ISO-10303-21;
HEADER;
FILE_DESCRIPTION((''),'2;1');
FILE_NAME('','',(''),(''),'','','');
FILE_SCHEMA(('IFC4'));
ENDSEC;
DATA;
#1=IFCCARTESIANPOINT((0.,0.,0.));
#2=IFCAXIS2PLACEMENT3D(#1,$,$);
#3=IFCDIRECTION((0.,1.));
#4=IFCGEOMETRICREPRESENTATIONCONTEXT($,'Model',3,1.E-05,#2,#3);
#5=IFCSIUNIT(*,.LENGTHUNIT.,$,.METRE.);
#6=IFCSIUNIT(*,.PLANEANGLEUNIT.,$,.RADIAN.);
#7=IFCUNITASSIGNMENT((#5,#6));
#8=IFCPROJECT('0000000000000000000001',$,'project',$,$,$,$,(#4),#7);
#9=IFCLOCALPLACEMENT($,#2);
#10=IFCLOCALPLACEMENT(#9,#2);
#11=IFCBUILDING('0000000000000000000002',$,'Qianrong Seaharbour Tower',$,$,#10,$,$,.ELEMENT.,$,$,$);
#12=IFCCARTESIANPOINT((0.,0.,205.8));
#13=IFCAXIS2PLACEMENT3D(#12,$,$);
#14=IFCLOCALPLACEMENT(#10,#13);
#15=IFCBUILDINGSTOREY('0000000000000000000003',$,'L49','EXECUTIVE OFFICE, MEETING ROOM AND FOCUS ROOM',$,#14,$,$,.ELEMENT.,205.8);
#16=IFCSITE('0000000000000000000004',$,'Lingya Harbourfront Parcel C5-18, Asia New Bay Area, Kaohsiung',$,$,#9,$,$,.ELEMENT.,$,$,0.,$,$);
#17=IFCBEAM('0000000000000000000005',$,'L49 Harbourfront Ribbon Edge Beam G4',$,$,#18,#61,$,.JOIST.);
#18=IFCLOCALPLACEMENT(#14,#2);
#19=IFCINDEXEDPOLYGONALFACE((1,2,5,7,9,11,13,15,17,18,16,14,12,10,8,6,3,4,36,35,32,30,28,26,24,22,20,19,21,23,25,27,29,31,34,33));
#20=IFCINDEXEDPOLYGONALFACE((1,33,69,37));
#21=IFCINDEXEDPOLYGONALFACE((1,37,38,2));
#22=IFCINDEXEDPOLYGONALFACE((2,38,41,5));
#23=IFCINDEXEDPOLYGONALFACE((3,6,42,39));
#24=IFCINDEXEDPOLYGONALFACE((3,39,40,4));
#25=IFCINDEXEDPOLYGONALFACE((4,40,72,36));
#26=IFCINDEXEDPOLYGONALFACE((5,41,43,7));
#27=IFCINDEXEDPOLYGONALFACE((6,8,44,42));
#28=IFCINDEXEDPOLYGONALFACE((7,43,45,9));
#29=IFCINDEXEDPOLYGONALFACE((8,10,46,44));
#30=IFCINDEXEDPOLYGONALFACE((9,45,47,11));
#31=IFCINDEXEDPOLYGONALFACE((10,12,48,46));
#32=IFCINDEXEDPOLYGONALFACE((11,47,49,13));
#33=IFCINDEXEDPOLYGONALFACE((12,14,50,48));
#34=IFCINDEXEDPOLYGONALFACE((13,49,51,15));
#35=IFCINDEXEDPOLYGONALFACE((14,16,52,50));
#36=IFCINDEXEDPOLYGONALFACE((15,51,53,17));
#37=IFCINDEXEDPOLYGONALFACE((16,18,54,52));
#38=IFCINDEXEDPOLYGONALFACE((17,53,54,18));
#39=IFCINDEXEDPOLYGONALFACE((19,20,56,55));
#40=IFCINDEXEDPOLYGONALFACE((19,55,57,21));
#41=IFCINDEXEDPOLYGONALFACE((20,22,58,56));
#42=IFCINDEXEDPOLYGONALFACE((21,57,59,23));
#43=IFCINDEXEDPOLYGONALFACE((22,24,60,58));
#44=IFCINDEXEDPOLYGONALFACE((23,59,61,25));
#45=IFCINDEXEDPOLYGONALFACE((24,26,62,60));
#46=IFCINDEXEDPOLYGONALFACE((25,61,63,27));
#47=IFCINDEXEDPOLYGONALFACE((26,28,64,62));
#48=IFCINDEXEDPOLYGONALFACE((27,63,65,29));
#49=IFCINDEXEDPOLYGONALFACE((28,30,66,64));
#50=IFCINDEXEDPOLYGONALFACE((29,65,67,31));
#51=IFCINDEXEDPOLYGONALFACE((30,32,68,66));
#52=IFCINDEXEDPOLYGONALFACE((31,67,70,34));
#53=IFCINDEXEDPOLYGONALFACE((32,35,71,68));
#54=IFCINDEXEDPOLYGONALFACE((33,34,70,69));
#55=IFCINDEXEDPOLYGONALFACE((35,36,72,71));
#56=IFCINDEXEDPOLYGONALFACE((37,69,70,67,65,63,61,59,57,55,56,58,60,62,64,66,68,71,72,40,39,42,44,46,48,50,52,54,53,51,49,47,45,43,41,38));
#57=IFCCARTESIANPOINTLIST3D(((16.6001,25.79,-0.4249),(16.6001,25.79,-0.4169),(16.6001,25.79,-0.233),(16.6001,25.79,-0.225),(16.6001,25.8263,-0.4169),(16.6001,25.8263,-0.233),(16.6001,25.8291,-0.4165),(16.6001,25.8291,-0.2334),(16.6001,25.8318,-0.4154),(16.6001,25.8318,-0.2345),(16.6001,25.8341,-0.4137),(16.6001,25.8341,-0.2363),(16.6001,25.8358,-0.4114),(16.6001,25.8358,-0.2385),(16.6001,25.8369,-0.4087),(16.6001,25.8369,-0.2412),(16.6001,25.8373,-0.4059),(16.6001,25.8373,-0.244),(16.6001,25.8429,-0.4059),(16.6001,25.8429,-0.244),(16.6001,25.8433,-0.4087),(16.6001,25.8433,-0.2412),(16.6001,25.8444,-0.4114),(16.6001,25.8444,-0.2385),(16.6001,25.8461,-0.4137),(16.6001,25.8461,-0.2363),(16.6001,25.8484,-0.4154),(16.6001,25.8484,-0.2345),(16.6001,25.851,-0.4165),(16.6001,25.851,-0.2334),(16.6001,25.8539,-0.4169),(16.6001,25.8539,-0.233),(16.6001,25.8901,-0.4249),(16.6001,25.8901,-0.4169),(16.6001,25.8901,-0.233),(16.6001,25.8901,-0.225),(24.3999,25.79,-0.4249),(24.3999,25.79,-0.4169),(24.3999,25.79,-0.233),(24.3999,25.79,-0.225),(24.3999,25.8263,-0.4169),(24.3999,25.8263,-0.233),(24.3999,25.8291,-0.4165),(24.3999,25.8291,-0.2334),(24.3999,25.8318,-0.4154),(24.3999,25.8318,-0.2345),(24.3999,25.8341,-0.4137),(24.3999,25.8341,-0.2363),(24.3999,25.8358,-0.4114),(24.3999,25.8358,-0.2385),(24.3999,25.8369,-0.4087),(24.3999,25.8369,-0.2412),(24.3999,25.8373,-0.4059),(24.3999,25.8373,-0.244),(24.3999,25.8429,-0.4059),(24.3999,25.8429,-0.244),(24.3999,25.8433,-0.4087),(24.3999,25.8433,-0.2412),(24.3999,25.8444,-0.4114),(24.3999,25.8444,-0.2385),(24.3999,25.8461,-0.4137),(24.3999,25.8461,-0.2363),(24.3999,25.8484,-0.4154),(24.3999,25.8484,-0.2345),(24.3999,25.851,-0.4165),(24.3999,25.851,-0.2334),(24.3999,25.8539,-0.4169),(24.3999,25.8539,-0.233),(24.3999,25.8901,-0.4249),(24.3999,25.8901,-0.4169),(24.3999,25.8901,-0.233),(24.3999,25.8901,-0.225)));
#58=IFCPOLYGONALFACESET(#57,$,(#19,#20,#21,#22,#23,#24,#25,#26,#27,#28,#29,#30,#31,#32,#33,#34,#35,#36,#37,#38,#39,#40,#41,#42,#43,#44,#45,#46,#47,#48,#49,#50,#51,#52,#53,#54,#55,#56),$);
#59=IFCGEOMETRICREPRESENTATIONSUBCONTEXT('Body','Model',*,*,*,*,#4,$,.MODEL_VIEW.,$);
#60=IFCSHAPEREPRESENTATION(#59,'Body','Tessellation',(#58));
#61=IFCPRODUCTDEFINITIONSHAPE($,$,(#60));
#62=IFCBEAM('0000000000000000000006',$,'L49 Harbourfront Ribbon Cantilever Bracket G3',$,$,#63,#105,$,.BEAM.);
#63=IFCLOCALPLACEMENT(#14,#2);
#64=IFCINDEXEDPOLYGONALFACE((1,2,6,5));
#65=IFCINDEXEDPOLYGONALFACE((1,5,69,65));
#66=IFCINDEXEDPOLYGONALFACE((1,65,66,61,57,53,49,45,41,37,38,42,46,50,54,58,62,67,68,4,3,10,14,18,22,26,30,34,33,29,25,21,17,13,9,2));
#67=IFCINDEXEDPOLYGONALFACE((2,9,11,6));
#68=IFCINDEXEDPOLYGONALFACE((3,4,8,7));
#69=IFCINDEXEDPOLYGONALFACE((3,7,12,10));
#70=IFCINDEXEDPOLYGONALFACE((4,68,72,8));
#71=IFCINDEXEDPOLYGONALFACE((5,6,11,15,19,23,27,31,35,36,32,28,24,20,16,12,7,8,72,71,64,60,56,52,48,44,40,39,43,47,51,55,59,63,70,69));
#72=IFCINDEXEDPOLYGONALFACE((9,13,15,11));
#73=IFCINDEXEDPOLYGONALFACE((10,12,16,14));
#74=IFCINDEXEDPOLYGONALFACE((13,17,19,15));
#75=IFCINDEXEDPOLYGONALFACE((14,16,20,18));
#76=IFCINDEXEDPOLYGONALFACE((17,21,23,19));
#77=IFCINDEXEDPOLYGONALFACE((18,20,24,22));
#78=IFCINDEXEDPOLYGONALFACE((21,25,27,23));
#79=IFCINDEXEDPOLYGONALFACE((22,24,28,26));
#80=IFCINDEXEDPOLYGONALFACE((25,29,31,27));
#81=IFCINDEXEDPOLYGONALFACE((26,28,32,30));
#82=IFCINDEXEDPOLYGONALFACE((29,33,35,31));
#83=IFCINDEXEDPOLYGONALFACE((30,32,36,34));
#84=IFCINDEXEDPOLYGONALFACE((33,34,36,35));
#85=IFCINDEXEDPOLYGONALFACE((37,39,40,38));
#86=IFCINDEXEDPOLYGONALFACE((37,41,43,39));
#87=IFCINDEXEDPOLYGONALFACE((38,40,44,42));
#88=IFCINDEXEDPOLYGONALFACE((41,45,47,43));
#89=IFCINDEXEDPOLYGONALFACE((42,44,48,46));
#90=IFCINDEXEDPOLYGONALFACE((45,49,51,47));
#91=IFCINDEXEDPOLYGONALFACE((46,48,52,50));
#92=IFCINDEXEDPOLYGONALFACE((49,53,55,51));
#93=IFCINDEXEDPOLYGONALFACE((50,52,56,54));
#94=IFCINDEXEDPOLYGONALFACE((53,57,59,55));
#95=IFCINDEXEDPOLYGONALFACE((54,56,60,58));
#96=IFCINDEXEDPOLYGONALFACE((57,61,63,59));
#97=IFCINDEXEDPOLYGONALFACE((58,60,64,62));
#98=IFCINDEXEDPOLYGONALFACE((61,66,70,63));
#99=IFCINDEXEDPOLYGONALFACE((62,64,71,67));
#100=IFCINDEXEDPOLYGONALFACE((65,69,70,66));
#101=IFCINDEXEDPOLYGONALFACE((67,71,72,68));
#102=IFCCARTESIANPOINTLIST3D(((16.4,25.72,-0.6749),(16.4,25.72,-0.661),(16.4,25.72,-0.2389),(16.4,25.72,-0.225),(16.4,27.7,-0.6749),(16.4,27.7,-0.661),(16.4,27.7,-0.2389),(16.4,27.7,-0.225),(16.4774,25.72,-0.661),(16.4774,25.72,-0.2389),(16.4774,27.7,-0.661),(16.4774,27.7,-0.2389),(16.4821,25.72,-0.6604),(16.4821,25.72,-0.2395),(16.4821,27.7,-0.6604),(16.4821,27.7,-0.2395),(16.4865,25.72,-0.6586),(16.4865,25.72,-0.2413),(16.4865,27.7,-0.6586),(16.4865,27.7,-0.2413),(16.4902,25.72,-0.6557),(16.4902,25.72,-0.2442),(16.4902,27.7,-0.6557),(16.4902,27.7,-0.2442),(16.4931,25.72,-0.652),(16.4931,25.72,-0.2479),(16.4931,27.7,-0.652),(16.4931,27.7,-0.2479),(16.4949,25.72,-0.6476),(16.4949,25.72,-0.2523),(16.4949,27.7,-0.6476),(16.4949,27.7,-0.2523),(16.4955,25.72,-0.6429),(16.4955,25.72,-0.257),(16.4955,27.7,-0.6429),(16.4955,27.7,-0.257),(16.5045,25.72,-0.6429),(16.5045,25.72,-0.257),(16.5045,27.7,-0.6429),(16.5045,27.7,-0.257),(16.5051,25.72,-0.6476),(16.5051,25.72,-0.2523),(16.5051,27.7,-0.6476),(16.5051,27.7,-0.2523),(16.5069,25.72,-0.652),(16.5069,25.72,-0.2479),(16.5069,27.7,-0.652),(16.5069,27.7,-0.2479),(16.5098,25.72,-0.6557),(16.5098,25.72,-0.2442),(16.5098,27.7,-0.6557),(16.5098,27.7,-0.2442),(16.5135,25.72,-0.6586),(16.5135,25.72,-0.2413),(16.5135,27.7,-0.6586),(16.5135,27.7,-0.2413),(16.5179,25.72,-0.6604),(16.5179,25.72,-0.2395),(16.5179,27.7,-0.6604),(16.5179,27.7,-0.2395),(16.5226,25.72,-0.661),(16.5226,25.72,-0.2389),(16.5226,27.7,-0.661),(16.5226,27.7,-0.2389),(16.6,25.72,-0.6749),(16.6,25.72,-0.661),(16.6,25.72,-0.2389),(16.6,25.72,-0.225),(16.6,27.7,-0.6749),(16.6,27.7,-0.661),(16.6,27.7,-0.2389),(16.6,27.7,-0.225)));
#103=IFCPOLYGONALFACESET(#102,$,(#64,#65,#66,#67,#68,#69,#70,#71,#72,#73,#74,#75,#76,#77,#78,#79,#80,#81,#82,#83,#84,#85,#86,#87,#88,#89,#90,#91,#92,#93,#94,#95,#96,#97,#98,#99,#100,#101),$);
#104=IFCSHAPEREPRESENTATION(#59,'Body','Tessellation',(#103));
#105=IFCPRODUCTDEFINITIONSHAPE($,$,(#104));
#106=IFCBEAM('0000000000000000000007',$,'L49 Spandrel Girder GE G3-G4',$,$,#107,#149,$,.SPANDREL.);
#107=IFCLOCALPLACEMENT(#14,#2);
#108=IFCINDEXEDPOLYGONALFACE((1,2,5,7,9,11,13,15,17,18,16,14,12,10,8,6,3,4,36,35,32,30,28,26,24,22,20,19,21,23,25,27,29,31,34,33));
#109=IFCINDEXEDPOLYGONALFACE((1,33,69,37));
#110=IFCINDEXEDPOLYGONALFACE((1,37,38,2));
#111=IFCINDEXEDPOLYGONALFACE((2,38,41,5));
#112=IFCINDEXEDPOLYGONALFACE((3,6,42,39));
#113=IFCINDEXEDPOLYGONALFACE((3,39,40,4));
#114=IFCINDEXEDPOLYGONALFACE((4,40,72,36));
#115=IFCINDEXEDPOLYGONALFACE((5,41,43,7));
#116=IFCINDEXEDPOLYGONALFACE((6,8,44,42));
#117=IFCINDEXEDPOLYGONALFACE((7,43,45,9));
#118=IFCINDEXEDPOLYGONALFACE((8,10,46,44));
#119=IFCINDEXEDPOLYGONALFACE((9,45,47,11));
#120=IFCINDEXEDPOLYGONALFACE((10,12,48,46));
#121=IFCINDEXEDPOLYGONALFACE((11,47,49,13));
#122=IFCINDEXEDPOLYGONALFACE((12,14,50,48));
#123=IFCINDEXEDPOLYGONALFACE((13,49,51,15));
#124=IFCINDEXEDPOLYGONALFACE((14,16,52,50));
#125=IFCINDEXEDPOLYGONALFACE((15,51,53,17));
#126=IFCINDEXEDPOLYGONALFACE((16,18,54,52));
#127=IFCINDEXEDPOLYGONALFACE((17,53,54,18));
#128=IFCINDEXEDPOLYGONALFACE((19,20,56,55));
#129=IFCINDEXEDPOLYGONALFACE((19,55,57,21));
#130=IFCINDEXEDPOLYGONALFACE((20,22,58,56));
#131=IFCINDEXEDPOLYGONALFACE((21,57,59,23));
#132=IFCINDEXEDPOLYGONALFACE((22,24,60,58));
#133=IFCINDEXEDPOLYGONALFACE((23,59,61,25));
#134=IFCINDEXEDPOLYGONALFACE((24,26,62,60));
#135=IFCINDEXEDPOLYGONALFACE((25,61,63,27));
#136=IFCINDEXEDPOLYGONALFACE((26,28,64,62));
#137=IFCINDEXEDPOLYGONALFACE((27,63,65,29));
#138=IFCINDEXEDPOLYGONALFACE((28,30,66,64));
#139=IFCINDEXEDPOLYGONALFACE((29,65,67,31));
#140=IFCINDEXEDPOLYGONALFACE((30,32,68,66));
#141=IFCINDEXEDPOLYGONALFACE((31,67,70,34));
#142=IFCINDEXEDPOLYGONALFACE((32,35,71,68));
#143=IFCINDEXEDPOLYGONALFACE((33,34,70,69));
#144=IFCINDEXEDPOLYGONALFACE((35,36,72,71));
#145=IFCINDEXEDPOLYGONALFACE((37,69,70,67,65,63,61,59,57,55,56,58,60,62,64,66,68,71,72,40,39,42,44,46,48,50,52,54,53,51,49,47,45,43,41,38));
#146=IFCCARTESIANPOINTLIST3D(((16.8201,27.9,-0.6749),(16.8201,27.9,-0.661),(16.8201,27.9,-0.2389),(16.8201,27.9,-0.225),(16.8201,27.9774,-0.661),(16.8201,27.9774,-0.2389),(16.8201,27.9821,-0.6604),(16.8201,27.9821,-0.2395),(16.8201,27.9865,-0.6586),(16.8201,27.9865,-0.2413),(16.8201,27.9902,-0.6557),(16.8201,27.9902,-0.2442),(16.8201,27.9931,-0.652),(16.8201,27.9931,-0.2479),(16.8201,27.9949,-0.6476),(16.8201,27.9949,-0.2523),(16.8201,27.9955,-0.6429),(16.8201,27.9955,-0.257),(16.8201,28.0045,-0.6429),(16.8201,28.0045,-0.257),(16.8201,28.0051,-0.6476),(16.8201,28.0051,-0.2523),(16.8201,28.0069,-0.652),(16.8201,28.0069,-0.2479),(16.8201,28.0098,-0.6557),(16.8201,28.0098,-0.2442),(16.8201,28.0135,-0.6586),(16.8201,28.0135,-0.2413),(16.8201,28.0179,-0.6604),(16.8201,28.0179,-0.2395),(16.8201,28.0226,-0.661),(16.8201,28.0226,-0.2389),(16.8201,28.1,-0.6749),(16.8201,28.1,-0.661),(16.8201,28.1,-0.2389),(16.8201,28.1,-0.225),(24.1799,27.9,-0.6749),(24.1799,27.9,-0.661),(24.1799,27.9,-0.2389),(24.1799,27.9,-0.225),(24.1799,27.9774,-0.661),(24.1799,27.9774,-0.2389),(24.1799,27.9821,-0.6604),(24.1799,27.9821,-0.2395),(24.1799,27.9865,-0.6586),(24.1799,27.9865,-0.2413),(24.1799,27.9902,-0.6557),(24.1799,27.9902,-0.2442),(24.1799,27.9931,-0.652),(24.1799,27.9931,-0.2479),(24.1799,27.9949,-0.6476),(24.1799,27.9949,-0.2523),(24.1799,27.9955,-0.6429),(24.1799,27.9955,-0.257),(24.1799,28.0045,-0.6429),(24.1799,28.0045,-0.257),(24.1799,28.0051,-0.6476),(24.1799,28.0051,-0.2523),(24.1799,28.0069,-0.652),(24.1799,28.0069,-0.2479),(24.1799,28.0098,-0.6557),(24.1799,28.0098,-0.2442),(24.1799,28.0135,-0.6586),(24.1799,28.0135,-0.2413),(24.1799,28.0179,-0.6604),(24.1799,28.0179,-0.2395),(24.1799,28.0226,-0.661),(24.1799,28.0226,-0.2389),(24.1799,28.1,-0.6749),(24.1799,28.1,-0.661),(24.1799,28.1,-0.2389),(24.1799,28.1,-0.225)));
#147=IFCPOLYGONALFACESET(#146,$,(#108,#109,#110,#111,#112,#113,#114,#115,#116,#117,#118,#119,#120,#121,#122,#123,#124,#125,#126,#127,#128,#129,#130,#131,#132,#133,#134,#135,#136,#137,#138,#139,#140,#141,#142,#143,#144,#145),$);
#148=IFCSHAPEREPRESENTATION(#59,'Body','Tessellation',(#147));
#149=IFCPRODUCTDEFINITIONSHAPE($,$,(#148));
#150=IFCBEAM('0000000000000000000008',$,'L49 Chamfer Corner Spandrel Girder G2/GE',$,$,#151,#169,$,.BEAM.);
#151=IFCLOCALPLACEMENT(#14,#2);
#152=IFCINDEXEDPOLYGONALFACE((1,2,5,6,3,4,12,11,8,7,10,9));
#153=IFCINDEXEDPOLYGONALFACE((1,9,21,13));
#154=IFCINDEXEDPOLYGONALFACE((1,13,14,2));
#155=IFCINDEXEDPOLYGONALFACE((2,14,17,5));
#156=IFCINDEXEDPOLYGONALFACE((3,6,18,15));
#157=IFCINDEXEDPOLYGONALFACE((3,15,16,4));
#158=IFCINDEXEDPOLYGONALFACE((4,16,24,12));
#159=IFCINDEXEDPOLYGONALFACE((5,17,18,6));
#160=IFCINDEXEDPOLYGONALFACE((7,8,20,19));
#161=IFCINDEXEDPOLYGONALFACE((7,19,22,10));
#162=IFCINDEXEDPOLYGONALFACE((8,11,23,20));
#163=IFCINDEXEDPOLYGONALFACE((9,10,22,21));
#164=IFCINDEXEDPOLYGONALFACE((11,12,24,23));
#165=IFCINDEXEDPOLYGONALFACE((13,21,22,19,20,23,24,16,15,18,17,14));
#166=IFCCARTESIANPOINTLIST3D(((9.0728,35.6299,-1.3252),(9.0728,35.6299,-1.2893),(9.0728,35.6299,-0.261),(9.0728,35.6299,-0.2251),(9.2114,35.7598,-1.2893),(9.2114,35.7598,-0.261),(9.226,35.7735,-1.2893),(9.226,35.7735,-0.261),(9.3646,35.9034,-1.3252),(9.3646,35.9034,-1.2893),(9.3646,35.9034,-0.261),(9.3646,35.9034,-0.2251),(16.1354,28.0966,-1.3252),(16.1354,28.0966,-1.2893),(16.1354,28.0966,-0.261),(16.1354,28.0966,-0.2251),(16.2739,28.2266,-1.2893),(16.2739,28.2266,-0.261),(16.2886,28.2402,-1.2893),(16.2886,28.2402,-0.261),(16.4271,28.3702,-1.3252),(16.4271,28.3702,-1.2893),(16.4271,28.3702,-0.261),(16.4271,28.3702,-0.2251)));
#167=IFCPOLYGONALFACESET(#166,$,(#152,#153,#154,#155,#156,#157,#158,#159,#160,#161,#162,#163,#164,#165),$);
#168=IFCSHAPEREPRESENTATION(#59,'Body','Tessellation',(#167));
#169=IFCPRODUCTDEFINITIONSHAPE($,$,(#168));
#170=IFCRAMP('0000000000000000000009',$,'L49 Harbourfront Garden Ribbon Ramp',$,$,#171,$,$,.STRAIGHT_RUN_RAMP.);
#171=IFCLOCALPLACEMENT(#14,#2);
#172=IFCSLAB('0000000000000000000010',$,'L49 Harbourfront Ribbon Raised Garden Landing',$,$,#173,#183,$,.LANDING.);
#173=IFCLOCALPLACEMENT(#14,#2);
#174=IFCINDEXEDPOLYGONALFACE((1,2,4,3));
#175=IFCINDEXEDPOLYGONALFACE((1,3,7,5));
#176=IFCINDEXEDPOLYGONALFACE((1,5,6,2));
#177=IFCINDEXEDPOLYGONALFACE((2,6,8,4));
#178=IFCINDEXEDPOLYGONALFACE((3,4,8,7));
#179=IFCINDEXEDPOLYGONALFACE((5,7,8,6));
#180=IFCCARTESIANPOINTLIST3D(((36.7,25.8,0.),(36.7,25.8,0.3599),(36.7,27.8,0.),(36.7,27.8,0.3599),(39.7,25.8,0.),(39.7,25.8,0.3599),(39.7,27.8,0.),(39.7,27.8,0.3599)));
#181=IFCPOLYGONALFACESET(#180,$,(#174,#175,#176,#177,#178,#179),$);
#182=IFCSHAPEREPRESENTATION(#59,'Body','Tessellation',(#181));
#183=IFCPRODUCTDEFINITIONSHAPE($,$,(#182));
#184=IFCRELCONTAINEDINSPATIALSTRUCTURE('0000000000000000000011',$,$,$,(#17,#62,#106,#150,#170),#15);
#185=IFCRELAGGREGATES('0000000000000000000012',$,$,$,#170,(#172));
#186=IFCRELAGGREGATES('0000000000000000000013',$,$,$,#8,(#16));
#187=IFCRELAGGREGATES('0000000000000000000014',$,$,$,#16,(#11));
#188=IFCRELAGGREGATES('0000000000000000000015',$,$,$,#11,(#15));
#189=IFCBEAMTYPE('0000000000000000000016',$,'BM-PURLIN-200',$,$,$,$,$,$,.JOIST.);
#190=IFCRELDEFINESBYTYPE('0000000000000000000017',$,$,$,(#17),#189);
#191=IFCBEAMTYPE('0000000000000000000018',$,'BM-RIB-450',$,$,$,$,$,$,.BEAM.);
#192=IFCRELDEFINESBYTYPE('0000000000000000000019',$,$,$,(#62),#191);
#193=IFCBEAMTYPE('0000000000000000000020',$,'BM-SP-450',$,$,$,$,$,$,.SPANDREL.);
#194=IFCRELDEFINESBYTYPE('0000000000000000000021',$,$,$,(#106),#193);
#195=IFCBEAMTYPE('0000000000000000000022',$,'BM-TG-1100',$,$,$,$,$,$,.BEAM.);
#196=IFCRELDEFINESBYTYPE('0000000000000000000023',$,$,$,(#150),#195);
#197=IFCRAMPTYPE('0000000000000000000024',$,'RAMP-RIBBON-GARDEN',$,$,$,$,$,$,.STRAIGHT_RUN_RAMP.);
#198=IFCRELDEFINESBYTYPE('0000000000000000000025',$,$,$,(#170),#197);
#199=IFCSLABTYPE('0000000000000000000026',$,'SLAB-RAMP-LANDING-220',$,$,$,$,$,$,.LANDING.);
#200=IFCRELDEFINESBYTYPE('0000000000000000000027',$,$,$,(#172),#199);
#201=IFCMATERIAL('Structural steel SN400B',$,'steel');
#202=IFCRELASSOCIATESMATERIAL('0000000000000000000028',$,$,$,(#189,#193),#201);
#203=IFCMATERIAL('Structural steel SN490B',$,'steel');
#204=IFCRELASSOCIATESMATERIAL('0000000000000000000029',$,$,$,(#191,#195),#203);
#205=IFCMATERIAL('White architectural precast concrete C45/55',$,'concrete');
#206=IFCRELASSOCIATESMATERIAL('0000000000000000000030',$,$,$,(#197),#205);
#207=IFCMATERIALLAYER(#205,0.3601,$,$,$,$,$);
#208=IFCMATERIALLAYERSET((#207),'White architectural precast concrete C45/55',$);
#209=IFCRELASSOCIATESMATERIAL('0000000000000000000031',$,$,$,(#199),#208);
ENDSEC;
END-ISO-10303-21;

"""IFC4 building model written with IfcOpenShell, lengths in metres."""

from ifc_helpers import new_model, si_unit, direction, frame, origin, origin_2d, place, context, subcontext, project, spatial, polyline, i_section, outline, extrude, material, layer, layer_set, material_profile, profile_set, type_object, element, aggregate, save


model = new_model("IFC4")

# Units and contexts
model_context = context("Model", 3, precision=1e-05, world=origin(), true_north=direction((0.0, 1.0)))
body_context = subcontext(model_context, "Body", "Model", "MODEL_VIEW")
ifc_project = project(units=[si_unit("LENGTHUNIT", "METRE"), si_unit("PLANEANGLEUNIT", "RADIAN")], contexts=[model_context])

# Site, building, storey
site_placement = place(None, origin())
site = spatial("IfcSite", under=ifc_project, at=site_placement, Name="Lingya Harbourfront Parcel C5-18, Asia New Bay Area, Kaohsiung", CompositionType="ELEMENT", RefElevation=0.0)
building_placement = place(site_placement, origin())
building = spatial("IfcBuilding", under=site, at=building_placement, Name="Qianrong Seaharbour Tower", CompositionType="ELEMENT")
storey_placement = place(building_placement, frame((0.0, 0.0, 205.8)))
storey = spatial("IfcBuildingStorey", under=building, at=storey_placement, Name="L49", Description="EXECUTIVE OFFICE, MEETING ROOM AND FOCUS ROOM", CompositionType="ELEMENT", Elevation=205.8)

# Shared definitions
ifc_material_1 = material(Name="Structural steel SN490B", Category="steel")

# Beams
ifc_material_2 = material(Name="Structural steel SN400B", Category="steel")
ifc_material_profile_1 = material_profile(ifc_material_2, i_section(OverallWidth=0.1001, OverallDepth=0.2, WebThickness=0.0056, FlangeThickness=0.0081, FilletRadius=0.011, at=origin_2d()), Name="H200x100x5.5x8")
ifc_profile_set_1 = profile_set([ifc_material_profile_1], Name="Structural steel SN400B")
beam_type_1 = type_object("IfcBeamType", Name="BM-PURLIN-200", PredefinedType="JOIST", material=ifc_profile_set_1)
beam_1_placement = place(storey_placement, frame((16.6001, 25.8401, -0.325), z_axis=(1.0, 0.0, 0.0), x_axis=(0.0, 1.0, 0.0)))
element("IfcBeam", 1, at=beam_1_placement, inside=storey, type_object=beam_type_1, Name="L49 Harbourfront Ribbon Edge Beam G4", PredefinedType="JOIST", context=body_context, shape_type="SweptSolid", body=[
    extrude(i_section(OverallWidth=0.1001, OverallDepth=0.2, WebThickness=0.0056, FlangeThickness=0.0081, FilletRadius=0.011, at=origin_2d()), origin(), (0.0, 0.0, 1.0), 7.7998),
])
ifc_material_profile_2 = material_profile(ifc_material_1, i_section(OverallWidth=0.2, OverallDepth=0.45, WebThickness=0.009, FlangeThickness=0.0139, FilletRadius=0.0181, at=origin_2d()), Name="H450x200x9x14")
ifc_profile_set_2 = profile_set([ifc_material_profile_2], Name="Structural steel SN490B")
beam_type_2 = type_object("IfcBeamType", Name="BM-RIB-450", PredefinedType="BEAM", material=ifc_profile_set_2)
beam_2_placement = place(storey_placement, frame((16.5, 27.7, -0.45), z_axis=(0.0, -1.0, 0.0), x_axis=(1.0, 0.0, 0.0)))
element("IfcBeam", 2, at=beam_2_placement, inside=storey, type_object=beam_type_2, Name="L49 Harbourfront Ribbon Cantilever Bracket G3", PredefinedType="BEAM", context=body_context, shape_type="SweptSolid", body=[
    extrude(i_section(OverallWidth=0.2, OverallDepth=0.45, WebThickness=0.009, FlangeThickness=0.0139, FilletRadius=0.0181, at=origin_2d()), origin(), (0.0, 0.0, 1.0), 1.98),
])
ifc_material_profile_3 = material_profile(ifc_material_2, i_section(OverallWidth=0.2, OverallDepth=0.45, WebThickness=0.009, FlangeThickness=0.0139, FilletRadius=0.0181, at=origin_2d()), Name="H450x200x9x14")
ifc_profile_set_3 = profile_set([ifc_material_profile_3], Name="Structural steel SN400B")
beam_type_3 = type_object("IfcBeamType", Name="BM-SP-450", PredefinedType="SPANDREL", material=ifc_profile_set_3)
beam_3_placement = place(storey_placement, frame((16.8201, 28.0, -0.45), z_axis=(1.0, 0.0, 0.0), x_axis=(0.0, 1.0, 0.0)))
element("IfcBeam", 3, at=beam_3_placement, inside=storey, type_object=beam_type_3, Name="L49 Spandrel Girder GE G3-G4", PredefinedType="SPANDREL", context=body_context, shape_type="SweptSolid", body=[
    extrude(i_section(OverallWidth=0.2, OverallDepth=0.45, WebThickness=0.009, FlangeThickness=0.0139, FilletRadius=0.0181, at=origin_2d()), origin(), (0.0, 0.0, 1.0), 7.3599),
])
ifc_material_profile_4 = material_profile(ifc_material_1, i_section(OverallWidth=0.3999, OverallDepth=1.1001, WebThickness=0.02, FlangeThickness=0.0359, at=origin_2d()), Name="BH1100x400x20x36")
ifc_profile_set_4 = profile_set([ifc_material_profile_4], Name="Structural steel SN490B")
beam_type_4 = type_object("IfcBeamType", Name="BM-TG-1100", PredefinedType="BEAM", material=ifc_profile_set_4)
beam_4_placement = place(storey_placement, frame((16.2812, 28.2334, -0.7751), z_axis=(-0.683947, 0.729531, 0.0), x_axis=(-0.729531, -0.683947, 0.0)))
element("IfcBeam", 4, at=beam_4_placement, inside=storey, type_object=beam_type_4, Name="L49 Chamfer Corner Spandrel Girder G2/GE", PredefinedType="BEAM", context=body_context, shape_type="SweptSolid", body=[
    extrude(i_section(OverallWidth=0.3999, OverallDepth=1.1001, WebThickness=0.02, FlangeThickness=0.0359, at=origin_2d()), origin(), (0.0, 0.0, 1.0), 10.3262),
])

# Ramp, slab
ifc_material_3 = material(Name="White architectural precast concrete C45/55", Category="concrete")
ramp_type = type_object("IfcRampType", Name="RAMP-RIBBON-GARDEN", PredefinedType="STRAIGHT_RUN_RAMP", material=ifc_material_3)
ramp_placement = place(storey_placement, origin())
ramp = element("IfcRamp", 5, at=ramp_placement, inside=storey, type_object=ramp_type, Name="L49 Harbourfront Garden Ribbon Ramp", PredefinedType="STRAIGHT_RUN_RAMP")
ifc_layer_1 = layer(ifc_material_3, 0.3601)
ifc_layer_set_1 = layer_set([ifc_layer_1], Name="White architectural precast concrete C45/55")
slab_type_1 = type_object("IfcSlabType", Name="SLAB-RAMP-LANDING-220", PredefinedType="LANDING", material=ifc_layer_set_1)
slab_1_placement = place(storey_placement, origin())
slab_1 = element("IfcSlab", 6, at=slab_1_placement, type_object=slab_type_1, Name="L49 Harbourfront Ribbon Raised Garden Landing", PredefinedType="LANDING", context=body_context, shape_type="SweptSolid", body=[
    extrude(outline(polyline([(36.7, 25.8), (39.7, 25.8), (39.7, 27.8), (36.7, 27.8), (36.7, 25.8)])), origin(), (0.0, 0.0, 1.0), 0.3599),
])
aggregate(ramp, [slab_1])

save(model, "model.ifc")
